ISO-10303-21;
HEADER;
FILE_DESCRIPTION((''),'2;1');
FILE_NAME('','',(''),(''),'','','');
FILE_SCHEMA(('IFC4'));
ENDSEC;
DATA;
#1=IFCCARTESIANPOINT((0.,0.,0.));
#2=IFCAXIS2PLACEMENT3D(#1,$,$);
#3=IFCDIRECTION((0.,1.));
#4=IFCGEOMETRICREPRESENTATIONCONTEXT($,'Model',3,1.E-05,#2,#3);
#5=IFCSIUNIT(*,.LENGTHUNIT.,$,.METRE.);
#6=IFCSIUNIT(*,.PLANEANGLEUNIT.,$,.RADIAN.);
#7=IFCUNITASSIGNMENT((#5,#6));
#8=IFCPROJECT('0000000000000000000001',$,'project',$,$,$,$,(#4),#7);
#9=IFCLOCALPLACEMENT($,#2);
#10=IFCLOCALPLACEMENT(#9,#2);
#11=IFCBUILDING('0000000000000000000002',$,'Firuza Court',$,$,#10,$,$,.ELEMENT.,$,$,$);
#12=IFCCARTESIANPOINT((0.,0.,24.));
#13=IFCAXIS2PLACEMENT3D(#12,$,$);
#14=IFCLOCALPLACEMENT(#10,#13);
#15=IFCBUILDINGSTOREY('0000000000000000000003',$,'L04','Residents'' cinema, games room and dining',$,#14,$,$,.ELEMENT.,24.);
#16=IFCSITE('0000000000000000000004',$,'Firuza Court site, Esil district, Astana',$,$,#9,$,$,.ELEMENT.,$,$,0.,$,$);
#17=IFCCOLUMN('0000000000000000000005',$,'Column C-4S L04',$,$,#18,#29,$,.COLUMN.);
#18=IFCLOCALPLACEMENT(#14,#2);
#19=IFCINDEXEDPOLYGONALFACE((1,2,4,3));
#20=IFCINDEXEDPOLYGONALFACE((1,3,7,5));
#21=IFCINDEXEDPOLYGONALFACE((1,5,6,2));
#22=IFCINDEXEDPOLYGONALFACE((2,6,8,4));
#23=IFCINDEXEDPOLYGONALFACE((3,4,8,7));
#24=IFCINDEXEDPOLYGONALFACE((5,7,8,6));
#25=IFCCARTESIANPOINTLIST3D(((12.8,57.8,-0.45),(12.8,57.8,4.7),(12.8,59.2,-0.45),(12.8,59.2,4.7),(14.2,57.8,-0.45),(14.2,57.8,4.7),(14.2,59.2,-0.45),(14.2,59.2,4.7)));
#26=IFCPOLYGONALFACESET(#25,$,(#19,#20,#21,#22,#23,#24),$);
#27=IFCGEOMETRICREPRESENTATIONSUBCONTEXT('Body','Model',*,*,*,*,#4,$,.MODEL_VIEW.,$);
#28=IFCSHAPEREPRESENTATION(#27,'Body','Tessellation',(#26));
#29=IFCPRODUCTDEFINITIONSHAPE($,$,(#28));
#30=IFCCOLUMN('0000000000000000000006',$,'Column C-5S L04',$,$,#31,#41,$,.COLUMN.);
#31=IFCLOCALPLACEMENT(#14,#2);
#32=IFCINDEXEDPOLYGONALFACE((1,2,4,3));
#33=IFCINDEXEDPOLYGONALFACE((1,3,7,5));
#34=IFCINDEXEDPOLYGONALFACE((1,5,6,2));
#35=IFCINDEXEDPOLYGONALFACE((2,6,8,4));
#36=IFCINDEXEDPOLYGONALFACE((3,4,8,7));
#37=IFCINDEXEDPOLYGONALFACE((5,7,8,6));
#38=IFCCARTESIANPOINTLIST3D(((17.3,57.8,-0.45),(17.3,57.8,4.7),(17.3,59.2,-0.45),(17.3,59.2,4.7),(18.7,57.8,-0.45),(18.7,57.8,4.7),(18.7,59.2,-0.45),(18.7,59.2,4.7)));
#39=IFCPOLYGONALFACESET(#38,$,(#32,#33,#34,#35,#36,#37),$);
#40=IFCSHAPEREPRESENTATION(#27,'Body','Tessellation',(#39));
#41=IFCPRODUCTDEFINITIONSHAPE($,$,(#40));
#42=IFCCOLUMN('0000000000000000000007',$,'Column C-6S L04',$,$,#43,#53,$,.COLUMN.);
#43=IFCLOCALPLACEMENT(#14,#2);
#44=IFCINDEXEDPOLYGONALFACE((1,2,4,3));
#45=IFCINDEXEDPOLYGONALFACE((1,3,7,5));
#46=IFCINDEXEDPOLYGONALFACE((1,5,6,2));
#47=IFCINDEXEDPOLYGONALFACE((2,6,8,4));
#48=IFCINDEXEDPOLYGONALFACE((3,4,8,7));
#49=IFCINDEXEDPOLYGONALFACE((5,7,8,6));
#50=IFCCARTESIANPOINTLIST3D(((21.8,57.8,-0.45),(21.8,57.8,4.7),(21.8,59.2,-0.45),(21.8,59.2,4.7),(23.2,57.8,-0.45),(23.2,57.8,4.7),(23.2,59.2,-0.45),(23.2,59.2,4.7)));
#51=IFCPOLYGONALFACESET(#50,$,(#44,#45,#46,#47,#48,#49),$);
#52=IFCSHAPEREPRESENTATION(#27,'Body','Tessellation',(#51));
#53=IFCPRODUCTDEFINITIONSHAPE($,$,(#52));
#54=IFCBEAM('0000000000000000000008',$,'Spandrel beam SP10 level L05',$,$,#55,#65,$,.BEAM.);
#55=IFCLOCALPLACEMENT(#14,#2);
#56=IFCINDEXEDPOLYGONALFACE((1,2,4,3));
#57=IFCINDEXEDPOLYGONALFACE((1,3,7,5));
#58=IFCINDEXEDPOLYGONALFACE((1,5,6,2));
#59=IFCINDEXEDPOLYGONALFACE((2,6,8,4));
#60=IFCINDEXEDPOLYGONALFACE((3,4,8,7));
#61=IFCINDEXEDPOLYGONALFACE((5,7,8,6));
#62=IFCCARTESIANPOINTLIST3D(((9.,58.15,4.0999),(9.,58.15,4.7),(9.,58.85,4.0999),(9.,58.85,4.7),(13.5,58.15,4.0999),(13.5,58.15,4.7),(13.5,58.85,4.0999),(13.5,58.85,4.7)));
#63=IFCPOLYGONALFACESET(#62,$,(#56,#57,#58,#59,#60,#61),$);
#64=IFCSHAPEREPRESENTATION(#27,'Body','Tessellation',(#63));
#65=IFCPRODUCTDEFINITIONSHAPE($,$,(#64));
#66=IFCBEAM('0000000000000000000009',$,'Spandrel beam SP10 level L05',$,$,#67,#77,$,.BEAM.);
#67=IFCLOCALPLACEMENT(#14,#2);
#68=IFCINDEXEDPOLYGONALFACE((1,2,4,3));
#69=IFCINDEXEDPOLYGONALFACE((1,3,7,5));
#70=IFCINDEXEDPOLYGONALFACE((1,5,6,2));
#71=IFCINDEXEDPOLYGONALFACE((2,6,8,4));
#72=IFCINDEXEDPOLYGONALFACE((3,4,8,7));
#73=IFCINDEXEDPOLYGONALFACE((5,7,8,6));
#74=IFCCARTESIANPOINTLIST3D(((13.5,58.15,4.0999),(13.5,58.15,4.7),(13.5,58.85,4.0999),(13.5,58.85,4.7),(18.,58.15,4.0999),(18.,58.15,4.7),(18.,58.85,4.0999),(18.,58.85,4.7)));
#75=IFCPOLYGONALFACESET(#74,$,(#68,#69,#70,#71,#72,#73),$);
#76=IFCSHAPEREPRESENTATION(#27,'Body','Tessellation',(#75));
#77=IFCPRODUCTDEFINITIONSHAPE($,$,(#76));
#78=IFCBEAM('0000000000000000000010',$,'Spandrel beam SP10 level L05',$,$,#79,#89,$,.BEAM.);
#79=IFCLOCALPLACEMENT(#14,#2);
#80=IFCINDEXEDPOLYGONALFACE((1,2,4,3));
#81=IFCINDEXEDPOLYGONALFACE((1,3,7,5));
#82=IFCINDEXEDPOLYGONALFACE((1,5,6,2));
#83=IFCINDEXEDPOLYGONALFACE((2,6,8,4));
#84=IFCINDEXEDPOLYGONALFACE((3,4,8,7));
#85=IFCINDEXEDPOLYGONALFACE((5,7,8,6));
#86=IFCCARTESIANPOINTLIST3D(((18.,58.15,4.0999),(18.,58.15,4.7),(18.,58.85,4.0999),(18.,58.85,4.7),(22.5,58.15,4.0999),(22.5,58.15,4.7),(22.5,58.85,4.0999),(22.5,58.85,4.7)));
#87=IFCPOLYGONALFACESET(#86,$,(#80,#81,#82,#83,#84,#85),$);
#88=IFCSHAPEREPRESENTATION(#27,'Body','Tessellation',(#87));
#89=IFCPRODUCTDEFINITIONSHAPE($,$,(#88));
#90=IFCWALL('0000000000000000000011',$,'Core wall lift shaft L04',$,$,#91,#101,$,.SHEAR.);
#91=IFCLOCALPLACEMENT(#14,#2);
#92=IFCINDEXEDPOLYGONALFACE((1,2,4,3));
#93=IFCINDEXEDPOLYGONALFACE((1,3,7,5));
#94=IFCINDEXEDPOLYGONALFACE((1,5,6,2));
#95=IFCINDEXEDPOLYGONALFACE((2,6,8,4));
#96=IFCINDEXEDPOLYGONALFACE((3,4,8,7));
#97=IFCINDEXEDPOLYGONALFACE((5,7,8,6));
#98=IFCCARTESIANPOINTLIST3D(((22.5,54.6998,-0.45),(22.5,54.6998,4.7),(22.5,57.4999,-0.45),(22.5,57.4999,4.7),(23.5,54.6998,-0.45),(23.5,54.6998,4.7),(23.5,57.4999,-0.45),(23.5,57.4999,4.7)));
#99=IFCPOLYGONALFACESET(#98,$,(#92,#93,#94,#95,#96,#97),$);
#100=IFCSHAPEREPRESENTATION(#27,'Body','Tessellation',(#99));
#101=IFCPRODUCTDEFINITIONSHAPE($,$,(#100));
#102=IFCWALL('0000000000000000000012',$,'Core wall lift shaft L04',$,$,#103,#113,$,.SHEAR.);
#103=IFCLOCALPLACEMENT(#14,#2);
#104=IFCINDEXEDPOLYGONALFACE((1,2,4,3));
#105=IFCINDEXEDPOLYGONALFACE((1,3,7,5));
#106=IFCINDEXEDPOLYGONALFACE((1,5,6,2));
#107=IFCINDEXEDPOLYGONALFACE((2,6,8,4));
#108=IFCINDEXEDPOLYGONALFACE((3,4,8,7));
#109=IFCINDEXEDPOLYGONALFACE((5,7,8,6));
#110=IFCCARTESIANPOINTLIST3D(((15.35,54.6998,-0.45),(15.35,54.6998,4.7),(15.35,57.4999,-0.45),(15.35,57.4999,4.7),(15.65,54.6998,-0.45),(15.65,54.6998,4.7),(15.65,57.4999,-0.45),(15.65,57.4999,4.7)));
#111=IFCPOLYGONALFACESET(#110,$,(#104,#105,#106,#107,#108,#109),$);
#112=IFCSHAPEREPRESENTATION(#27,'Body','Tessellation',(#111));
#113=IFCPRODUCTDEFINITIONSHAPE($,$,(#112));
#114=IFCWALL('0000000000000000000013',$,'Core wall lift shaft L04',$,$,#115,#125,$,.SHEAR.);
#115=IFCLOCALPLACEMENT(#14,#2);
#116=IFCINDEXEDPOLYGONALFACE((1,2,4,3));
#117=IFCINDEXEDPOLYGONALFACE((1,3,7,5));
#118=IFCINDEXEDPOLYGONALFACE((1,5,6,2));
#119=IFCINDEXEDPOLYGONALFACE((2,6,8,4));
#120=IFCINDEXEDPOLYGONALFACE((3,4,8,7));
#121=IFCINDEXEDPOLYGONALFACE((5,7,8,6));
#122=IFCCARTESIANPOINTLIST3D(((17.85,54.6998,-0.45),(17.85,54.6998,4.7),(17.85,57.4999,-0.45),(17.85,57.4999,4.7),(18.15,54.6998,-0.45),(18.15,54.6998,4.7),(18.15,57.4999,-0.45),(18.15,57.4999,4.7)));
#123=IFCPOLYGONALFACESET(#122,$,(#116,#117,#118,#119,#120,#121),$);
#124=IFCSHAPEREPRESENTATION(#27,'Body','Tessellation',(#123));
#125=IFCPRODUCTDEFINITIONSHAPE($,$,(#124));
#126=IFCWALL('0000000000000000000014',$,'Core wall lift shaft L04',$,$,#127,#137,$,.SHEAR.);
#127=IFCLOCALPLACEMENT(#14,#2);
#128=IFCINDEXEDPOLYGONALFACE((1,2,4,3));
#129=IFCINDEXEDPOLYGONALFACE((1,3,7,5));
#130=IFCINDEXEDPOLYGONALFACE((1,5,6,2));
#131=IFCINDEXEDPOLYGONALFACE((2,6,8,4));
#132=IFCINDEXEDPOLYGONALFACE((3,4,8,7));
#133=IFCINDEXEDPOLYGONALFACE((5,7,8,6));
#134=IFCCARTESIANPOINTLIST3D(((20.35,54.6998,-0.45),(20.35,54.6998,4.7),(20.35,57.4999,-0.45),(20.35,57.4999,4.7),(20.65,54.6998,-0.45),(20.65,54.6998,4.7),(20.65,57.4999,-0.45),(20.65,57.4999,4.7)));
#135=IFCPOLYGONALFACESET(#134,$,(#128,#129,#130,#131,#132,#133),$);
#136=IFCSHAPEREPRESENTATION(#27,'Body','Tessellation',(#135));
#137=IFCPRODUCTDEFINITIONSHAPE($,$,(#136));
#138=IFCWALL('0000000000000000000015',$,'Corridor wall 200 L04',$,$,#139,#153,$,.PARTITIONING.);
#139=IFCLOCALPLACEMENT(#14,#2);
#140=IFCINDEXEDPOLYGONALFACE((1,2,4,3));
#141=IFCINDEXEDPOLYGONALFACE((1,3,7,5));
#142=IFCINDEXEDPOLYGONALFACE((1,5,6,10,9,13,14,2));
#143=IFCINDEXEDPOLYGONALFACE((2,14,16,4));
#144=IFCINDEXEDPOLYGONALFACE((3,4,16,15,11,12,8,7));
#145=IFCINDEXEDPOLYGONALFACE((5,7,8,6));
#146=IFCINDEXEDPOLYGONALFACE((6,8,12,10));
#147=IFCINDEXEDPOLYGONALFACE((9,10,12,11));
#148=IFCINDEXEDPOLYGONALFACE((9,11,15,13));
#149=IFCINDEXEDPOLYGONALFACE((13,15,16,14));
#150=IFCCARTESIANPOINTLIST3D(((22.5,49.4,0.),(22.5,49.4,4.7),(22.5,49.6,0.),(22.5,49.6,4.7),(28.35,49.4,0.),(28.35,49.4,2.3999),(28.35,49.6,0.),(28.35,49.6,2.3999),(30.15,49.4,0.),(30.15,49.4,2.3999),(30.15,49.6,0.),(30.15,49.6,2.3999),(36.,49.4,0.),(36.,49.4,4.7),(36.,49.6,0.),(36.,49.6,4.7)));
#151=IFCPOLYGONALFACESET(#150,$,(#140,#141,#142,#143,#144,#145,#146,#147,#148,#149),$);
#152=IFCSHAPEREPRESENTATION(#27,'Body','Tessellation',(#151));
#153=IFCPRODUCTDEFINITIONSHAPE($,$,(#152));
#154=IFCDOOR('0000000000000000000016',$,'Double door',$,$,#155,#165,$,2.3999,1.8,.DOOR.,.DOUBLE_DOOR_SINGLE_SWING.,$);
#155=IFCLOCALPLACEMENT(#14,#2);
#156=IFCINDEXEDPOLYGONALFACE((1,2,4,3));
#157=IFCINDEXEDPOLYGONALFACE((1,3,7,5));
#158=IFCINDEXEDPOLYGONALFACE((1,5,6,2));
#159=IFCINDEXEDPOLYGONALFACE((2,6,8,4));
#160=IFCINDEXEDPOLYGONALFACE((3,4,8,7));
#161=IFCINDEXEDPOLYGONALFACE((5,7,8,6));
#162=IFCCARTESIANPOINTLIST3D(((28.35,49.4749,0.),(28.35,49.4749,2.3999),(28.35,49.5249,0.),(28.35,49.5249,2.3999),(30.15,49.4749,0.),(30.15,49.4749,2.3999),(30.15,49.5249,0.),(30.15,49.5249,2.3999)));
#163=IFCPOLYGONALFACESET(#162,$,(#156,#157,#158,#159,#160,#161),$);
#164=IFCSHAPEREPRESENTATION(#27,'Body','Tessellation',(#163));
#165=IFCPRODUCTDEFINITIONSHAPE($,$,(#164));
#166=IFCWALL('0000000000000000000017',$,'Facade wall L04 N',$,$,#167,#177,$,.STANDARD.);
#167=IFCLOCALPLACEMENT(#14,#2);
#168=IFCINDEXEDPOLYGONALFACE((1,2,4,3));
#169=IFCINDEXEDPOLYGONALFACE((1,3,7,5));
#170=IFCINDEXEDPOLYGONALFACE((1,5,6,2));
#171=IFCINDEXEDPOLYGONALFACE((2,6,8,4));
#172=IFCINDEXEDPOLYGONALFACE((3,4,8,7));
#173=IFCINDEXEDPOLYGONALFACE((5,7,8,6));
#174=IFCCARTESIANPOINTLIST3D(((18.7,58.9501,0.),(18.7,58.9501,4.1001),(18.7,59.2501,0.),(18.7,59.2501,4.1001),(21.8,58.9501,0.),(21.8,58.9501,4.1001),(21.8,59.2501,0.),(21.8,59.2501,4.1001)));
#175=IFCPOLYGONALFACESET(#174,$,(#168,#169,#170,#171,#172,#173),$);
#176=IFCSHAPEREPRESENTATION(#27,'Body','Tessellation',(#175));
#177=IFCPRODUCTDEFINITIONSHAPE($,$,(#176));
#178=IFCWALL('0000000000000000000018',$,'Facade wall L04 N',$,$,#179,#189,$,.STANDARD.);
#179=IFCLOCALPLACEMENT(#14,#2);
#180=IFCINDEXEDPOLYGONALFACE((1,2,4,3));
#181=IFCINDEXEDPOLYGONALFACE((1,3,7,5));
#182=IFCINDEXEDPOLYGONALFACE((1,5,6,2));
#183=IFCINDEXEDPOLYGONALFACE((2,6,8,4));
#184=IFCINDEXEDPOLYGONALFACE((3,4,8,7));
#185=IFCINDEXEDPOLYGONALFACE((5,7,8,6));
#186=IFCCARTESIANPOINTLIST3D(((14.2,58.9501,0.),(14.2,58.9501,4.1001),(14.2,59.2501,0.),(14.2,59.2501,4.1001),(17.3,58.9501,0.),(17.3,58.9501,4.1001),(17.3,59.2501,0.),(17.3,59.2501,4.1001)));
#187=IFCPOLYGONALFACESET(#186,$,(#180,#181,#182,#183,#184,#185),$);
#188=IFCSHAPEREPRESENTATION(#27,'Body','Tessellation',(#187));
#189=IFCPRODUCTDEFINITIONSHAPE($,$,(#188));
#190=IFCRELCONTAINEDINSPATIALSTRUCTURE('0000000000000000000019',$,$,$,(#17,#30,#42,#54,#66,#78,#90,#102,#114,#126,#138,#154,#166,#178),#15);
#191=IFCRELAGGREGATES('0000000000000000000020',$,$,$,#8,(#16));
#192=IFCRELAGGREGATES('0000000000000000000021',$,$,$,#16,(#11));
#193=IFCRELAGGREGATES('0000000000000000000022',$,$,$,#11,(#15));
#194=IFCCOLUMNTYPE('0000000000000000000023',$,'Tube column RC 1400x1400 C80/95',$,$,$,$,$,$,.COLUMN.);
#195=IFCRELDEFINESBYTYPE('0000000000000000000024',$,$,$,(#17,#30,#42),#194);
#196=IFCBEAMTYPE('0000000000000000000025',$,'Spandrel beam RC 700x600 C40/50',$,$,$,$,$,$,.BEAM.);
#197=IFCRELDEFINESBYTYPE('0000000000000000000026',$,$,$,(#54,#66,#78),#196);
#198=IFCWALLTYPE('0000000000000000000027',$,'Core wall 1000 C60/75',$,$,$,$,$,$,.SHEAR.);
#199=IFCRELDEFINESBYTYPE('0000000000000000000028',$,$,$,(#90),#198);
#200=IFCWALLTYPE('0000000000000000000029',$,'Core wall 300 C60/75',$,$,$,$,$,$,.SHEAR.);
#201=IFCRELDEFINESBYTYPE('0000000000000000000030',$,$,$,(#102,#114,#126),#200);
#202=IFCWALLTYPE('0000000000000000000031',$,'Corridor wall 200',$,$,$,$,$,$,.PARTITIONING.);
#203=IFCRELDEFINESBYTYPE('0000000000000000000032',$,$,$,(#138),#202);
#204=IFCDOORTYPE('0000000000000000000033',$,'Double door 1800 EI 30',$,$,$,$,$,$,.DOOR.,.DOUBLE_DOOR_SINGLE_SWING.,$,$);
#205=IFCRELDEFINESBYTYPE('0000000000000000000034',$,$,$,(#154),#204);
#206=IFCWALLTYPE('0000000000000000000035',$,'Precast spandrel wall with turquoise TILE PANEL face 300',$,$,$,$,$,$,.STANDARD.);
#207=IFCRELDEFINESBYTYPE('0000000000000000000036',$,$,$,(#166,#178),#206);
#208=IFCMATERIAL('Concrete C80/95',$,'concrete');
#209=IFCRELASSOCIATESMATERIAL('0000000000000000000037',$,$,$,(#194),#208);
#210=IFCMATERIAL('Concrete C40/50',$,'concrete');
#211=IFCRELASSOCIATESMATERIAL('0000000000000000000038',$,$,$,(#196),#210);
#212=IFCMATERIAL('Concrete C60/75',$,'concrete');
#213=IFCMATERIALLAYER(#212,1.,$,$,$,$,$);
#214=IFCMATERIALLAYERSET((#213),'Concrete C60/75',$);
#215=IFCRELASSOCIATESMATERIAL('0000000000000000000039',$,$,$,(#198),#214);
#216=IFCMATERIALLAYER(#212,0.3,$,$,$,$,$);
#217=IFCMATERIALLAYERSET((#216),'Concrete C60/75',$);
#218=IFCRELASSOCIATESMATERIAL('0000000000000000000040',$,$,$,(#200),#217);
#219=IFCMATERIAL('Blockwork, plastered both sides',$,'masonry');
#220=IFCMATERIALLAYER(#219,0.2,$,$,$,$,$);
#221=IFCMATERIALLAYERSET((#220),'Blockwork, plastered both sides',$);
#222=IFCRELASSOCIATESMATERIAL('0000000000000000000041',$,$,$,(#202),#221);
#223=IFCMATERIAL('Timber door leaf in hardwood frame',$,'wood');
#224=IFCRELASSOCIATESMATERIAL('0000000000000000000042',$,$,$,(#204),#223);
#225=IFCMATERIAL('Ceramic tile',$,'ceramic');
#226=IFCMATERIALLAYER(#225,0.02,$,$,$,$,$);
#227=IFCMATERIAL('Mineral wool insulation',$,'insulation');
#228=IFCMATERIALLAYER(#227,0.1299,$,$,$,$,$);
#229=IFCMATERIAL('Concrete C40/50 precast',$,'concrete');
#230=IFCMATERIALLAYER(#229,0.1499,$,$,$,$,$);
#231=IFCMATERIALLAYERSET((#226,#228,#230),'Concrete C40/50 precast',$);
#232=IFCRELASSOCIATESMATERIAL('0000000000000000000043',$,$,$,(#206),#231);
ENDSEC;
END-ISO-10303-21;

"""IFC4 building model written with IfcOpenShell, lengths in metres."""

from ifc_helpers import new_model, si_unit, direction, frame, frame_2d, origin, origin_2d, place, context, subcontext, project, spatial, rectangle, extrude, material, layer, layer_set, material_profile, profile_set, type_object, element, fill, save


model = new_model("IFC4")

# Units and contexts
model_context = context("Model", 3, precision=1e-05, world=origin(), true_north=direction((0.0, 1.0)))
body_context = subcontext(model_context, "Body", "Model", "MODEL_VIEW")
ifc_project = project(units=[si_unit("LENGTHUNIT", "METRE"), si_unit("PLANEANGLEUNIT", "RADIAN")], contexts=[model_context])

# Site, building, storey
site_placement = place(None, origin())
site = spatial("IfcSite", under=ifc_project, at=site_placement, Name="Firuza Court site, Esil district, Astana", CompositionType="ELEMENT", RefElevation=0.0)
building_placement = place(site_placement, origin())
building = spatial("IfcBuilding", under=site, at=building_placement, Name="Firuza Court", CompositionType="ELEMENT")
storey_placement = place(building_placement, frame((0.0, 0.0, 24.0)))
storey = spatial("IfcBuildingStorey", under=building, at=storey_placement, Name="L04", Description="Residents' cinema, games room and dining", CompositionType="ELEMENT", Elevation=24.0)

# Columns
ifc_material_1 = material(Name="Concrete C80/95", Category="concrete")
ifc_material_profile_1 = material_profile(ifc_material_1, rectangle(XDim=1.3999, YDim=1.3999, at=origin_2d()), Name="RC 1400x1400")
ifc_profile_set_1 = profile_set([ifc_material_profile_1], Name="Concrete C80/95")
column_type = type_object("IfcColumnType", Name="Tube column RC 1400x1400 C80/95", PredefinedType="COLUMN", material=ifc_profile_set_1)
for number, where, z_axis, x_axis, name in (
    (1, (13.5, 58.5, -0.45), (0.0, 0.0, 1.0), (1.0, 0.0, 0.0), "Column C-4S L04"),
    (2, (18.0, 58.5, -0.45), (0.0, 0.0, 1.0), (1.0, 0.0, 0.0), "Column C-5S L04"),
    (3, (22.5, 58.5, -0.45), (0.0, 0.0, 1.0), (1.0, 0.0, 0.0), "Column C-6S L04"),
):
    element("IfcColumn", number, at=place(storey_placement, frame(where, z_axis=z_axis, x_axis=x_axis)), inside=storey, type_object=column_type, Name=name, PredefinedType="COLUMN", context=body_context, shape_type="SweptSolid", body=[
        extrude(rectangle(XDim=1.3999, YDim=1.3999, at=origin_2d()), origin(), (0.0, 0.0, 1.0), 5.1499),
    ])

# Beams
ifc_material_2 = material(Name="Concrete C40/50", Category="concrete")
ifc_material_profile_2 = material_profile(ifc_material_2, rectangle(XDim=0.7, YDim=0.6001, at=origin_2d()), Name="RC 700x600")
ifc_profile_set_2 = profile_set([ifc_material_profile_2], Name="Concrete C40/50")
beam_type = type_object("IfcBeamType", Name="Spandrel beam RC 700x600 C40/50", PredefinedType="BEAM", material=ifc_profile_set_2)
for number, where, z_axis, x_axis, name in (
    (4, (13.5, 58.5, 4.3999), (-1.0, 0.0, 0.0), (0.0, -1.0, 0.0), "Spandrel beam SP10 level L05"),
    (5, (18.0, 58.5, 4.3999), (-1.0, 0.0, 0.0), (0.0, -1.0, 0.0), "Spandrel beam SP10 level L05"),
    (6, (22.5, 58.5, 4.3999), (-1.0, 0.0, 0.0), (0.0, -1.0, 0.0), "Spandrel beam SP10 level L05"),
):
    element("IfcBeam", number, at=place(storey_placement, frame(where, z_axis=z_axis, x_axis=x_axis)), inside=storey, type_object=beam_type, Name=name, PredefinedType="BEAM", context=body_context, shape_type="SweptSolid", body=[
        extrude(rectangle(XDim=0.7, YDim=0.6001, at=origin_2d()), origin(), (0.0, 0.0, 1.0), 4.5),
    ])

# Walls
ifc_material_3 = material(Name="Concrete C60/75", Category="concrete")
ifc_layer_1 = layer(ifc_material_3, 1.0)
ifc_layer_set_1 = layer_set([ifc_layer_1], Name="Concrete C60/75")
wall_type_1 = type_object("IfcWallType", Name="Core wall 1000 C60/75", PredefinedType="SHEAR", material=ifc_layer_set_1)
wall_1_placement = place(storey_placement, frame((23.0, 54.7, -0.45), z_axis=(0.0, 0.0, 1.0), x_axis=(0.0, 1.0, 0.0)))
element("IfcWall", 7, at=wall_1_placement, inside=storey, type_object=wall_type_1, Name="Core wall lift shaft L04", PredefinedType="SHEAR", context=body_context, shape_type="SweptSolid", body=[
    extrude(rectangle(XDim=2.8, YDim=1.0, at=frame_2d((1.3999, 0.0))), origin(), (0.0, 0.0, 1.0), 5.1499),
])
ifc_layer_2 = layer(ifc_material_3, 0.3)
ifc_layer_set_2 = layer_set([ifc_layer_2], Name="Concrete C60/75")
wall_type_2 = type_object("IfcWallType", Name="Core wall 300 C60/75", PredefinedType="SHEAR", material=ifc_layer_set_2)
for number, where, z_axis, x_axis, name in (
    (8, (15.5, 54.7, -0.45), (0.0, 0.0, 1.0), (0.0, 1.0, 0.0), "Core wall lift shaft L04"),
    (9, (18.0, 54.7, -0.45), (0.0, 0.0, 1.0), (0.0, 1.0, 0.0), "Core wall lift shaft L04"),
    (10, (20.5, 54.7, -0.45), (0.0, 0.0, 1.0), (0.0, 1.0, 0.0), "Core wall lift shaft L04"),
):
    element("IfcWall", number, at=place(storey_placement, frame(where, z_axis=z_axis, x_axis=x_axis)), inside=storey, type_object=wall_type_2, Name=name, PredefinedType="SHEAR", context=body_context, shape_type="SweptSolid", body=[
        extrude(rectangle(XDim=2.8, YDim=0.3, at=frame_2d((1.3999, 0.0))), origin(), (0.0, 0.0, 1.0), 5.1499),
    ])

# Wall, opening, door
ifc_material_4 = material(Name="Blockwork, plastered both sides", Category="masonry")
ifc_layer_3 = layer(ifc_material_4, 0.2)
ifc_layer_set_3 = layer_set([ifc_layer_3], Name="Blockwork, plastered both sides")
wall_type_3 = type_object("IfcWallType", Name="Corridor wall 200", PredefinedType="PARTITIONING", material=ifc_layer_set_3)
wall_2_placement = place(storey_placement, frame((22.5, 49.5, 0.0), z_axis=(0.0, 0.0, 1.0), x_axis=(1.0, 0.0, 0.0)))
wall_2 = element("IfcWall", 11, at=wall_2_placement, inside=storey, type_object=wall_type_3, Name="Corridor wall 200 L04", PredefinedType="PARTITIONING", context=body_context, shape_type="SweptSolid", body=[
    extrude(rectangle(XDim=13.5, YDim=0.2, at=frame_2d((6.75, 0.0))), origin(), (0.0, 0.0, 1.0), 4.7),
])
opening_1_placement = place(wall_2_placement, frame((5.8501, 0.0, 0.0)))
opening_1 = element("IfcOpeningElement", 12, at=opening_1_placement, cuts=wall_2, PredefinedType="OPENING", context=body_context, shape_type="SweptSolid", body=[
    extrude(rectangle(XDim=1.8, YDim=2.3999, at=frame_2d((0.8999, 1.2))), frame((0.0, 0.1118, 0.0), z_axis=(0.0, -1.0, 0.0), x_axis=(1.0, 0.0, 0.0)), (0.0, 0.0, 1.0), 0.2239),
])
ifc_material_5 = material(Name="Timber door leaf in hardwood frame", Category="wood")
door_type_1 = type_object("IfcDoorType", Name="Double door 1800 EI 30", OperationType="DOUBLE_DOOR_SINGLE_SWING", PredefinedType="DOOR", material=ifc_material_5)
door_1_placement = place(opening_1_placement, origin())
door_1 = element("IfcDoor", 13, at=door_1_placement, inside=storey, type_object=door_type_1, Name="Double door", OperationType="DOUBLE_DOOR_SINGLE_SWING", OverallHeight=2.3999, OverallWidth=1.8, PredefinedType="DOOR", context=body_context, shape_type="SweptSolid", body=[
    extrude(rectangle(XDim=1.8, YDim=2.3999, at=frame_2d((0.8999, 1.2))), frame((0.0, 0.0249, 0.0), z_axis=(0.0, -1.0, 0.0), x_axis=(1.0, 0.0, 0.0)), (0.0, 0.0, 1.0), 0.05),
])
fill(opening_1, door_1)

# Walls
ifc_material_6 = material(Name="Ceramic tile", Category="ceramic")
ifc_layer_4 = layer(ifc_material_6, 0.02)
ifc_material_7 = material(Name="Mineral wool insulation", Category="insulation")
ifc_layer_5 = layer(ifc_material_7, 0.1299)
ifc_material_8 = material(Name="Concrete C40/50 precast", Category="concrete")
ifc_layer_6 = layer(ifc_material_8, 0.1499)
ifc_layer_set_4 = layer_set([ifc_layer_4, ifc_layer_5, ifc_layer_6], Name="Concrete C40/50 precast")
wall_type_4 = type_object("IfcWallType", Name="Precast spandrel wall with turquoise TILE PANEL face 300", PredefinedType="STANDARD", material=ifc_layer_set_4)
for number, where, z_axis, x_axis, name in (
    (14, (21.8, 59.1001, 0.0), (0.0, 0.0, 1.0), (-1.0, 0.0, 0.0), "Facade wall L04 N"),
    (15, (17.3, 59.1001, 0.0), (0.0, 0.0, 1.0), (-1.0, 0.0, 0.0), "Facade wall L04 N"),
):
    element("IfcWall", number, at=place(storey_placement, frame(where, z_axis=z_axis, x_axis=x_axis)), inside=storey, type_object=wall_type_4, Name=name, PredefinedType="STANDARD", context=body_context, shape_type="SweptSolid", body=[
        extrude(rectangle(XDim=3.1001, YDim=0.3, at=frame_2d((1.55, 0.0))), origin(), (0.0, 0.0, 1.0), 4.1001),
    ])

save(model, "model.ifc")
